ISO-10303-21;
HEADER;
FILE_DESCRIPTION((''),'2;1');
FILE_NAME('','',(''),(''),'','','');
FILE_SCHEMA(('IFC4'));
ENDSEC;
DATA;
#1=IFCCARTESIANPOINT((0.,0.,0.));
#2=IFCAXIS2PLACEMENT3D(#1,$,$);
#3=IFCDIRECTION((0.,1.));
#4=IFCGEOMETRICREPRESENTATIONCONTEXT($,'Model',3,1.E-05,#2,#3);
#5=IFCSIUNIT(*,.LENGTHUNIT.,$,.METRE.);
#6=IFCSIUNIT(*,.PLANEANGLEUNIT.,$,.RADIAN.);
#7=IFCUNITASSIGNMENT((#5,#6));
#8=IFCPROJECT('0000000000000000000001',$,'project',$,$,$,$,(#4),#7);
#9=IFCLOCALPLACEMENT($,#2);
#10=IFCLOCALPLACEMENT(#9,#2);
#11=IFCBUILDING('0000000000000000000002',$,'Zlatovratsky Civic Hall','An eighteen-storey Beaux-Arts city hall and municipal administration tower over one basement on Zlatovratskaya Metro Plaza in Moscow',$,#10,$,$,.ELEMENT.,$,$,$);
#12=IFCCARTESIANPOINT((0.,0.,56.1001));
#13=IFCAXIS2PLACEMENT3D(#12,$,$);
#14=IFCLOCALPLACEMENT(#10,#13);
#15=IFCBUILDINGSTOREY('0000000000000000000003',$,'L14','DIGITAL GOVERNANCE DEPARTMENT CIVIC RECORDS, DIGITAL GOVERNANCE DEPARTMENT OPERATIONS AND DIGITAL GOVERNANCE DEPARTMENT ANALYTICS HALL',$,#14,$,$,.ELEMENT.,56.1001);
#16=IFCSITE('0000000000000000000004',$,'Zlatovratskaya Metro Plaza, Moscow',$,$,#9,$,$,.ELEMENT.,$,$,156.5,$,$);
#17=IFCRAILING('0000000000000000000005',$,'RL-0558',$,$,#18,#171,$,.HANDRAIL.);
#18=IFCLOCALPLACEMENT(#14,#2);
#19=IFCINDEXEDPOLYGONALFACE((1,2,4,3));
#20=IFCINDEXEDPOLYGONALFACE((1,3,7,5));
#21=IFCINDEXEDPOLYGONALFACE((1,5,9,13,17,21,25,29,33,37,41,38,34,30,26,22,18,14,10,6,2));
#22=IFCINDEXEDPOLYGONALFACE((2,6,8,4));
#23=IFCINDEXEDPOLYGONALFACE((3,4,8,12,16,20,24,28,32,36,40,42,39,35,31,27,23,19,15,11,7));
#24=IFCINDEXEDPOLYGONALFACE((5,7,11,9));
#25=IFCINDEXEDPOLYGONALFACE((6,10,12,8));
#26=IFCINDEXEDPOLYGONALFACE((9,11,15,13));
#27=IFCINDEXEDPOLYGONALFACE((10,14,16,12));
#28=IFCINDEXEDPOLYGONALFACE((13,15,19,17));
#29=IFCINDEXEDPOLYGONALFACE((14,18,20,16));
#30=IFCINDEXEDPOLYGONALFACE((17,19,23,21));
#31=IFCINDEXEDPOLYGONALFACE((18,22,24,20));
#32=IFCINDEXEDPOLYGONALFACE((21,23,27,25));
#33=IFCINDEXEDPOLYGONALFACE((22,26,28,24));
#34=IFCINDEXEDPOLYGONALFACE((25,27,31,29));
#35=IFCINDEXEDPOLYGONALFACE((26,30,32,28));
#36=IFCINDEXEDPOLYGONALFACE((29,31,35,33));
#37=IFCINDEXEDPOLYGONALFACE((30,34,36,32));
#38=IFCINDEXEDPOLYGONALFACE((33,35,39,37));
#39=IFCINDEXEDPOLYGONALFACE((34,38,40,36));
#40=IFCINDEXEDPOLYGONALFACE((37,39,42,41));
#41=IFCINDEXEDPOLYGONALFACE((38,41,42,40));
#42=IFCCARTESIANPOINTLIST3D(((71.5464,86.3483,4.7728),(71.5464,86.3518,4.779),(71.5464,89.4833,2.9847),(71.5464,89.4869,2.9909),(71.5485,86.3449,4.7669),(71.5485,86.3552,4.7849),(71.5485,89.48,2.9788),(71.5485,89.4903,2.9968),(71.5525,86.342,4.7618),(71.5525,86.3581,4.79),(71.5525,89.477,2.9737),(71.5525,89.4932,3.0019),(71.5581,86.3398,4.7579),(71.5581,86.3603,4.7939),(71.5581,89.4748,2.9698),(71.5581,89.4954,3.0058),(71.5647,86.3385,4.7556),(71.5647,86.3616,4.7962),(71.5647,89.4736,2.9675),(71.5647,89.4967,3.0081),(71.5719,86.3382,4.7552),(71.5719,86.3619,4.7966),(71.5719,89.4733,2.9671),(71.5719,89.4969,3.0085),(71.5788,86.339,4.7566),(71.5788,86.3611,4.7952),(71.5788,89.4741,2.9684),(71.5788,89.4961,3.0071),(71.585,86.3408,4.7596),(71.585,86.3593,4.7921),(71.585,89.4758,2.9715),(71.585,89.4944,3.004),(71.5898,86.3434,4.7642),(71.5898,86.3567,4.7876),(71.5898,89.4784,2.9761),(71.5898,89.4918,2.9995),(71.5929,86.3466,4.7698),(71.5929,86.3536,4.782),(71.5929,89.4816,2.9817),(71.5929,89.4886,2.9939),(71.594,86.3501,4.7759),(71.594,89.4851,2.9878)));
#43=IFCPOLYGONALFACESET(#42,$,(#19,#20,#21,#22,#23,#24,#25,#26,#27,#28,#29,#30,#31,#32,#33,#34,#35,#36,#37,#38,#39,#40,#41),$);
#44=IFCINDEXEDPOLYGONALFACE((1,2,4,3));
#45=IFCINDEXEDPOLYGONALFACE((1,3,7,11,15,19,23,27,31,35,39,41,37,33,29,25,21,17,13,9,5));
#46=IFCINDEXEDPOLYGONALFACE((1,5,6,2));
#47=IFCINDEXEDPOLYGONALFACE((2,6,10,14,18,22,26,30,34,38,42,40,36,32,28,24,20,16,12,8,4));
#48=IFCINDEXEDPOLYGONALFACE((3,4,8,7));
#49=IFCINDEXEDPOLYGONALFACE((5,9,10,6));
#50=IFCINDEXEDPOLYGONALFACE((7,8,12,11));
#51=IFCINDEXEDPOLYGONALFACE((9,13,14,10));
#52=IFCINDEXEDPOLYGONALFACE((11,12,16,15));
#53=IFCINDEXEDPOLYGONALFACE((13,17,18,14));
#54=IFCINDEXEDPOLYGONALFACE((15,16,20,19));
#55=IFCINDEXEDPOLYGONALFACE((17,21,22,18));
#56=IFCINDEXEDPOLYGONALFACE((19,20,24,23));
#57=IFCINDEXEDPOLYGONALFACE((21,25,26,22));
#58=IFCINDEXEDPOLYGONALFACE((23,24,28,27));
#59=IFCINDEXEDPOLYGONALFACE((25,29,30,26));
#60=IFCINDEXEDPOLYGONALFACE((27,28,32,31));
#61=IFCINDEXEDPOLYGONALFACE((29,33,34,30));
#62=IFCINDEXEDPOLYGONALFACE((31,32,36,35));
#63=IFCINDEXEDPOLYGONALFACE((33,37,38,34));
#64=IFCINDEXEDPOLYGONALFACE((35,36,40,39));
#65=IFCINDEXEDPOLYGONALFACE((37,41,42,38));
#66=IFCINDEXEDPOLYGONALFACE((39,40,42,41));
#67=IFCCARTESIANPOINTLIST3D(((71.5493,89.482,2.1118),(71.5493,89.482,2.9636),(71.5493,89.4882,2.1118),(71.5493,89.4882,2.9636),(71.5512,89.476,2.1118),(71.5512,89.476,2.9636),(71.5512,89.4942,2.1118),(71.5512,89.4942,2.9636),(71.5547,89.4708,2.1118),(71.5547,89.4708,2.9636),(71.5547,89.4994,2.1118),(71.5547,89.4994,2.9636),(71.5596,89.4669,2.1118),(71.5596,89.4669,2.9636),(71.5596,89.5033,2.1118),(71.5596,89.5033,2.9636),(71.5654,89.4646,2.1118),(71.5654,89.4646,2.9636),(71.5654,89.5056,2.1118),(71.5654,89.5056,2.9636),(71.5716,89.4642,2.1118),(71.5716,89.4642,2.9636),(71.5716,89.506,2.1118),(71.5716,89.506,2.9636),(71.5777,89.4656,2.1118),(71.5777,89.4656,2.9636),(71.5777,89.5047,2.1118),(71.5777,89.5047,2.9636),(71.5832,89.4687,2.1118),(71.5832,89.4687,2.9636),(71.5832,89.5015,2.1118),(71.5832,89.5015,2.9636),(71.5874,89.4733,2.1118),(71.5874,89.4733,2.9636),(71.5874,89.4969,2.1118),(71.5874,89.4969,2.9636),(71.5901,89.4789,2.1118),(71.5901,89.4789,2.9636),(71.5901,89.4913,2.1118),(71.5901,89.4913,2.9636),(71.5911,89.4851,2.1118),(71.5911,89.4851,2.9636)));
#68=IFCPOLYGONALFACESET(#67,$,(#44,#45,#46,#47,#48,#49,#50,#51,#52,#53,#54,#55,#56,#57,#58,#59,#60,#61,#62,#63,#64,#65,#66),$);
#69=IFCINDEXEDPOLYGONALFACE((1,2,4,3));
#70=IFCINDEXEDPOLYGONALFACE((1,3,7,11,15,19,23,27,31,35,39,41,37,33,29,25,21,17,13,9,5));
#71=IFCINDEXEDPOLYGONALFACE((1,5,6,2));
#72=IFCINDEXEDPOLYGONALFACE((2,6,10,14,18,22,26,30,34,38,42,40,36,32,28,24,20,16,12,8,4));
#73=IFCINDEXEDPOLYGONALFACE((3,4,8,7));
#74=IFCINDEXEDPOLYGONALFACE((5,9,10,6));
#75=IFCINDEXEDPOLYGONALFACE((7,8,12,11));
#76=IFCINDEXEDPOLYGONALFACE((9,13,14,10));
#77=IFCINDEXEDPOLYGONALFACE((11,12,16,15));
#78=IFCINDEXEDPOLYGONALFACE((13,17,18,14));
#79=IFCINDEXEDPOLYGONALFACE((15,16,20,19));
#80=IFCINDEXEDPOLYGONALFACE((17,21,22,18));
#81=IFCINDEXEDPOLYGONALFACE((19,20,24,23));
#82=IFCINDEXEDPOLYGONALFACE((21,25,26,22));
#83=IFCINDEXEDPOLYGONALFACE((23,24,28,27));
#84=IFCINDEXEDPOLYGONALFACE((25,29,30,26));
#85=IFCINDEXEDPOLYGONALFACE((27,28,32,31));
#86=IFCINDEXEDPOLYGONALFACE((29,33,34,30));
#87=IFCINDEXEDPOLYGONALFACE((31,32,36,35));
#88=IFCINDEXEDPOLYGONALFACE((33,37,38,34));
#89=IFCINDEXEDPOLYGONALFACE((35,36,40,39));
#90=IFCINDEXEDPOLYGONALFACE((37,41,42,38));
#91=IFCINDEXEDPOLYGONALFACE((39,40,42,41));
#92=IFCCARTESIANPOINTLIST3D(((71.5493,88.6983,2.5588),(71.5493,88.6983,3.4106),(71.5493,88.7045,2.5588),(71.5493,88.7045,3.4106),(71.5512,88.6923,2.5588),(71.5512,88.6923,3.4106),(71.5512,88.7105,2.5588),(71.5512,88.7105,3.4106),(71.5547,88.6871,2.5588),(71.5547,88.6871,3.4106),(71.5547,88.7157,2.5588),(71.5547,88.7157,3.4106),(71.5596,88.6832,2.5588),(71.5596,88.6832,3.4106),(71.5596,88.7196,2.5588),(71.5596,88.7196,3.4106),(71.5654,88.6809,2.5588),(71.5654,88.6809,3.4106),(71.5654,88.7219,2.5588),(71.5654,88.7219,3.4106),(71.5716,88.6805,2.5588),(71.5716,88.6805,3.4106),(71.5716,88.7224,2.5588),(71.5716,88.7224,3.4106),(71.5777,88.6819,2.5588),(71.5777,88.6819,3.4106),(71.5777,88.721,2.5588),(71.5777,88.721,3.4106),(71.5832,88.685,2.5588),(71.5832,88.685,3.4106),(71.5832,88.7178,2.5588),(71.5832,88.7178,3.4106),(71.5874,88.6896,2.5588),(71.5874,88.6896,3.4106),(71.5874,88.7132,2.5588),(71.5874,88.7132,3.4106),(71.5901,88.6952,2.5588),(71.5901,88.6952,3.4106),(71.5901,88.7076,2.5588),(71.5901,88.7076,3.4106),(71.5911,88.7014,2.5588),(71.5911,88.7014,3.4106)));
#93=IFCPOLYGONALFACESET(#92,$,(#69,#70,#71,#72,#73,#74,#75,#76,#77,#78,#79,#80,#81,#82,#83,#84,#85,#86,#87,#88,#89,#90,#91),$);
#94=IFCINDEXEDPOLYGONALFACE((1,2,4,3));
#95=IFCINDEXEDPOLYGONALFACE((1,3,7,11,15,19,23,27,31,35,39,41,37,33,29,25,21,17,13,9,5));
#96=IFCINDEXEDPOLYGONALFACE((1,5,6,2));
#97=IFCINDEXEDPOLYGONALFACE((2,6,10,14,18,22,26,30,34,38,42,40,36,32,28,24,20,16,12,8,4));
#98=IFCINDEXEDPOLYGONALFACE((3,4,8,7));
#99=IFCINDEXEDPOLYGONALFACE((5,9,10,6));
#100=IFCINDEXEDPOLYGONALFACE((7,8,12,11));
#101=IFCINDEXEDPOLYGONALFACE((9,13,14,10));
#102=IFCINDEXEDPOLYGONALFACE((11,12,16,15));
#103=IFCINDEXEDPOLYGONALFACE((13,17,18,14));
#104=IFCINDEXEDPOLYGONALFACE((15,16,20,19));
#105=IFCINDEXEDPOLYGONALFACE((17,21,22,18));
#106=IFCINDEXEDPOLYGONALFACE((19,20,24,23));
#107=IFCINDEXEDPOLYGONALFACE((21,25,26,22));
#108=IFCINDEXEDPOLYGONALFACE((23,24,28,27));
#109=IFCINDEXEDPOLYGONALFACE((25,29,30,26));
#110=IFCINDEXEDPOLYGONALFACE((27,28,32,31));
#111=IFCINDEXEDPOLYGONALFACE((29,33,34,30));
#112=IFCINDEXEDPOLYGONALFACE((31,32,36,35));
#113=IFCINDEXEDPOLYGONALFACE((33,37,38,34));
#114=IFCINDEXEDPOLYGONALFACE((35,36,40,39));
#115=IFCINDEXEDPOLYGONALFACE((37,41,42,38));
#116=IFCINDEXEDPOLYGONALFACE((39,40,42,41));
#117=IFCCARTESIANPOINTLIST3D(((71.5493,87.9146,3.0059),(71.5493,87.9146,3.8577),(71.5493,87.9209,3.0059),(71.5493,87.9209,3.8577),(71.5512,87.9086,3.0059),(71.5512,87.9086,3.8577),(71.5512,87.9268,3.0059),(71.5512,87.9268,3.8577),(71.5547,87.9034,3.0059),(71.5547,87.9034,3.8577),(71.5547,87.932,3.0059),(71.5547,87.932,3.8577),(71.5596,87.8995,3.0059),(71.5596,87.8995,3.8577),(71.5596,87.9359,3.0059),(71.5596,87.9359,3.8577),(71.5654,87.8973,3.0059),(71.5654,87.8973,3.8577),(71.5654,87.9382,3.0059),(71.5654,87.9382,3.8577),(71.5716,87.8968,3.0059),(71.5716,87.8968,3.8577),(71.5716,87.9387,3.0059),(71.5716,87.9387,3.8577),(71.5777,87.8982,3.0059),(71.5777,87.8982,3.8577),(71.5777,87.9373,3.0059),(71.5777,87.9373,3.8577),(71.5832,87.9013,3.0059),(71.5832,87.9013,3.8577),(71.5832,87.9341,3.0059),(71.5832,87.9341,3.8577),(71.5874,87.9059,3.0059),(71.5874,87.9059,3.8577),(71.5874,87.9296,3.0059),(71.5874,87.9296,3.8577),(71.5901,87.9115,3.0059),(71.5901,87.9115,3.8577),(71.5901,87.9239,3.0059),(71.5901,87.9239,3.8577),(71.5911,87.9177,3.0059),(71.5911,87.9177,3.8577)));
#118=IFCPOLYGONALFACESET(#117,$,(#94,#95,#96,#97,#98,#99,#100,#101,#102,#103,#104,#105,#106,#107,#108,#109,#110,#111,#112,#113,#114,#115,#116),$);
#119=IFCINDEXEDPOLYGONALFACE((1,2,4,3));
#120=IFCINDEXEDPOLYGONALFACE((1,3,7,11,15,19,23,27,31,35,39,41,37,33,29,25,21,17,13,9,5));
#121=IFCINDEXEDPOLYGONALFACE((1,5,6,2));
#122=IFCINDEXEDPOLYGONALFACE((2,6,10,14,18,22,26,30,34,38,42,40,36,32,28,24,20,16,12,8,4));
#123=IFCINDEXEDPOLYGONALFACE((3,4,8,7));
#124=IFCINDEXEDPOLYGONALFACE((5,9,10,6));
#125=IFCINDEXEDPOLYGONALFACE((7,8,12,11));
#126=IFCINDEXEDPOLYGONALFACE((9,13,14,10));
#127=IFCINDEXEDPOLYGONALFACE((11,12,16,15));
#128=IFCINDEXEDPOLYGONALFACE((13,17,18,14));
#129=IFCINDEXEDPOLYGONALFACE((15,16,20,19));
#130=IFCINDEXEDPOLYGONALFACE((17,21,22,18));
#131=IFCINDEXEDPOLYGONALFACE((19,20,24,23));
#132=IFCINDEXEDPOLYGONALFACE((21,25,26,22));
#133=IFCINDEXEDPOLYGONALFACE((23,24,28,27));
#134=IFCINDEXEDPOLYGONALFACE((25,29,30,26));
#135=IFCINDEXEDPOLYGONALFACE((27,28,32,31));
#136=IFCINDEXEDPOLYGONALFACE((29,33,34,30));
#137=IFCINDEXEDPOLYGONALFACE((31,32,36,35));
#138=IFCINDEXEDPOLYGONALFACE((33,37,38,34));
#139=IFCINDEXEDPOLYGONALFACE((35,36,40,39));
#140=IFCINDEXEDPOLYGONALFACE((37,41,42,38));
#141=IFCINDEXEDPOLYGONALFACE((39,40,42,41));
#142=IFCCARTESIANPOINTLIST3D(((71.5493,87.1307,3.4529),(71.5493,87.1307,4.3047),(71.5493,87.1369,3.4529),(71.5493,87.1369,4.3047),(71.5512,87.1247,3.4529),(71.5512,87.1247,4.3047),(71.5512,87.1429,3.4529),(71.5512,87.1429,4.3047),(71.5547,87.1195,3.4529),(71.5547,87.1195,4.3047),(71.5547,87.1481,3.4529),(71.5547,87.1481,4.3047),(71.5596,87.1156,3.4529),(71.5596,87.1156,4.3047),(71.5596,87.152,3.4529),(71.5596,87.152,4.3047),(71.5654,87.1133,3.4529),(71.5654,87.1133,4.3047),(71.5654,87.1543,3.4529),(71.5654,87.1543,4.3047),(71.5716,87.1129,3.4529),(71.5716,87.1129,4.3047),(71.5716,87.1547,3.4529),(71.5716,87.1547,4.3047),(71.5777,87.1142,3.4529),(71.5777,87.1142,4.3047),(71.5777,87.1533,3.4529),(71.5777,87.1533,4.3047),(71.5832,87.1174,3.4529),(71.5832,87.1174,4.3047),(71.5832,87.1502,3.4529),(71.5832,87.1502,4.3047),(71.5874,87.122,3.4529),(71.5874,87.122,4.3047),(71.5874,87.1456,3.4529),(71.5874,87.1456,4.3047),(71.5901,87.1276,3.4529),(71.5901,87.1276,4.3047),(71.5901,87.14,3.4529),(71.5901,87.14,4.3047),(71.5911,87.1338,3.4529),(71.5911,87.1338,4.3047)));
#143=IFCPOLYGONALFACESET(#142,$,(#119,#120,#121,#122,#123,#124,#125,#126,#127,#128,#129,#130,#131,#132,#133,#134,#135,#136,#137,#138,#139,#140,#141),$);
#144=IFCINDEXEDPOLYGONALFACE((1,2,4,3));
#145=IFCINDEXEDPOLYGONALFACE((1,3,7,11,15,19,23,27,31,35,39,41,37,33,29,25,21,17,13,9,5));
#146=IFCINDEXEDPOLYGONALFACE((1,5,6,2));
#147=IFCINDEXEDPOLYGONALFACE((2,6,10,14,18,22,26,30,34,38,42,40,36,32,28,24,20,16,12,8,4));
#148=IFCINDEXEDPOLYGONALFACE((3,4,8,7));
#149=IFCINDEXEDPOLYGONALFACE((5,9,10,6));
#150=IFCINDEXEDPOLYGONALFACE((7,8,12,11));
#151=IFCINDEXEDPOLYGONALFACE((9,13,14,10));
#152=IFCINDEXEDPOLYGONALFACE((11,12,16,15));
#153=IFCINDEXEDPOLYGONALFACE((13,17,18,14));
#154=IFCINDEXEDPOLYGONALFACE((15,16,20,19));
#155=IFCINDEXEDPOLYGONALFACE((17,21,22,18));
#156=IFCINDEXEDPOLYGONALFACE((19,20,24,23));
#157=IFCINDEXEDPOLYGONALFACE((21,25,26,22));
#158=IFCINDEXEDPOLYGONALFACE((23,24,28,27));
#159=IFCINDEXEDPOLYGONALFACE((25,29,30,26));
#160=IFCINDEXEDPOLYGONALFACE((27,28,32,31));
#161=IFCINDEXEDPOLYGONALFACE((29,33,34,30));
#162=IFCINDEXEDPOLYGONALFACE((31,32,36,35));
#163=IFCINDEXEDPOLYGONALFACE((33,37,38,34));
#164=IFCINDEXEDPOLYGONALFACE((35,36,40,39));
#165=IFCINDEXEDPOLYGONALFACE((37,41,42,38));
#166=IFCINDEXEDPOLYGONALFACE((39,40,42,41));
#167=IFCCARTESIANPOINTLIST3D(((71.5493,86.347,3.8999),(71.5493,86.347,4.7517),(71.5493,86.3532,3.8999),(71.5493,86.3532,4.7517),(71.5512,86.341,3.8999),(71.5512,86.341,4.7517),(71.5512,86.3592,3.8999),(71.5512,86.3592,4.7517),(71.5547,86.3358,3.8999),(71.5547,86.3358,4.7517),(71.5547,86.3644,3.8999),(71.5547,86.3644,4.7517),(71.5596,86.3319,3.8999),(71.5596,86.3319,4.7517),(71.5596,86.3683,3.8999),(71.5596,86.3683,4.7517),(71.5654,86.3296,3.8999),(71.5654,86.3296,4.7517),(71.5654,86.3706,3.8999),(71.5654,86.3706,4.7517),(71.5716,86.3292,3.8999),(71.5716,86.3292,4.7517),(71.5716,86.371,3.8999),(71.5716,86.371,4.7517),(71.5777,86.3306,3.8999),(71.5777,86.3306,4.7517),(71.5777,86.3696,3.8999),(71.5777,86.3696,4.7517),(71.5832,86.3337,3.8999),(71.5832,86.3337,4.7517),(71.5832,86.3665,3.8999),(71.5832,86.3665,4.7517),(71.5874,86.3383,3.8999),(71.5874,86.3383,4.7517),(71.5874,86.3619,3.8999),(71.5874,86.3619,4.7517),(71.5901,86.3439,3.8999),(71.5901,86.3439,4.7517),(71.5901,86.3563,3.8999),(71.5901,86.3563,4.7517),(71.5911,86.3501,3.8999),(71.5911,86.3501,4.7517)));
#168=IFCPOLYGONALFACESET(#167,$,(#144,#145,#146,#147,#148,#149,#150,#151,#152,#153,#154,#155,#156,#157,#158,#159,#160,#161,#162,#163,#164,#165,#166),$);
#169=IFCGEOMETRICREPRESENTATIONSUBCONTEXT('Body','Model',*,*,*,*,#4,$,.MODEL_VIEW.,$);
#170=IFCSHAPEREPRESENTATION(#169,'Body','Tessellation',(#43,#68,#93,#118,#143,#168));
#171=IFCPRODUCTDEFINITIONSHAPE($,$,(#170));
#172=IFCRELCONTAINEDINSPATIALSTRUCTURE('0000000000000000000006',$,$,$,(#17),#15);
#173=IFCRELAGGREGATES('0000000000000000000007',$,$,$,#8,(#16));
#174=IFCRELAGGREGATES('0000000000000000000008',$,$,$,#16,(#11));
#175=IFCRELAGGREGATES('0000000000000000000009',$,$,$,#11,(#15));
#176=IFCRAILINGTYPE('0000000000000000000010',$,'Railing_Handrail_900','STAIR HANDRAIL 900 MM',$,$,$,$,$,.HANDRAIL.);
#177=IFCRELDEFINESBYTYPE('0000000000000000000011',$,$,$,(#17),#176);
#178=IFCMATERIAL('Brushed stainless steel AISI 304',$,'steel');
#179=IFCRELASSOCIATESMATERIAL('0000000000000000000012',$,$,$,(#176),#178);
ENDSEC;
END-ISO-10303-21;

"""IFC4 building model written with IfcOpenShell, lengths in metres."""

from ifc_helpers import new_model, si_unit, direction, frame, origin, origin_2d, place, context, subcontext, project, spatial, circle, extrude, material, type_object, element, save


model = new_model("IFC4")

# Units and contexts
model_context = context("Model", 3, precision=1e-05, world=origin(), true_north=direction((0.0, 1.0)))
body_context = subcontext(model_context, "Body", "Model", "MODEL_VIEW")
ifc_project = project(units=[si_unit("LENGTHUNIT", "METRE"), si_unit("PLANEANGLEUNIT", "RADIAN")], contexts=[model_context])

# Site, building, storey
site_placement = place(None, origin())
site = spatial("IfcSite", under=ifc_project, at=site_placement, Name="Zlatovratskaya Metro Plaza, Moscow", CompositionType="ELEMENT", RefElevation=156.5)
building_placement = place(site_placement, origin())
building = spatial("IfcBuilding", under=site, at=building_placement, Name="Zlatovratsky Civic Hall", Description="An eighteen-storey Beaux-Arts city hall and municipal administration tower over one basement on Zlatovratskaya Metro Plaza in Moscow", CompositionType="ELEMENT")
storey_placement = place(building_placement, frame((0.0, 0.0, 56.1001)))
storey = spatial("IfcBuildingStorey", under=building, at=storey_placement, Name="L14", Description="DIGITAL GOVERNANCE DEPARTMENT CIVIC RECORDS, DIGITAL GOVERNANCE DEPARTMENT OPERATIONS AND DIGITAL GOVERNANCE DEPARTMENT ANALYTICS HALL", CompositionType="ELEMENT", Elevation=56.1001)

# Railing
ifc_material_1 = material(Name="Brushed stainless steel AISI 304", Category="steel")
railing_type = type_object("IfcRailingType", Name="Railing_Handrail_900", Description="STAIR HANDRAIL 900 MM", PredefinedType="HANDRAIL", material=ifc_material_1)
railing_placement = place(storey_placement, frame((71.5701, 89.4851, 2.1118)))
element("IfcRailing", 1, at=railing_placement, inside=storey, type_object=railing_type, Name="RL-0558", PredefinedType="HANDRAIL", context=body_context, shape_type="SweptSolid", body=[
    extrude(circle(Radius=0.0239, at=origin_2d()), frame((0.0, 0.0, 0.876), z_axis=(0.0, -0.868642, 0.495439), x_axis=(1.0, 0.0, 0.0)), (0.0, 0.0, 1.0), 3.6091),
    extrude(circle(Radius=0.021, at=origin_2d()), origin(), (0.0, 0.0, 1.0), 0.8518),
    extrude(circle(Radius=0.021, at=origin_2d()), frame((0.0, -0.7837, 0.447)), (0.0, 0.0, 1.0), 0.8518),
    extrude(circle(Radius=0.021, at=origin_2d()), frame((0.0, -1.5674, 0.894)), (0.0, 0.0, 1.0), 0.8518),
    extrude(circle(Radius=0.021, at=origin_2d()), frame((0.0, -2.3513, 1.3411)), (0.0, 0.0, 1.0), 0.8518),
    extrude(circle(Radius=0.021, at=origin_2d()), frame((0.0, -3.135, 1.7881)), (0.0, 0.0, 1.0), 0.8518),
])

save(model, "model.ifc")
